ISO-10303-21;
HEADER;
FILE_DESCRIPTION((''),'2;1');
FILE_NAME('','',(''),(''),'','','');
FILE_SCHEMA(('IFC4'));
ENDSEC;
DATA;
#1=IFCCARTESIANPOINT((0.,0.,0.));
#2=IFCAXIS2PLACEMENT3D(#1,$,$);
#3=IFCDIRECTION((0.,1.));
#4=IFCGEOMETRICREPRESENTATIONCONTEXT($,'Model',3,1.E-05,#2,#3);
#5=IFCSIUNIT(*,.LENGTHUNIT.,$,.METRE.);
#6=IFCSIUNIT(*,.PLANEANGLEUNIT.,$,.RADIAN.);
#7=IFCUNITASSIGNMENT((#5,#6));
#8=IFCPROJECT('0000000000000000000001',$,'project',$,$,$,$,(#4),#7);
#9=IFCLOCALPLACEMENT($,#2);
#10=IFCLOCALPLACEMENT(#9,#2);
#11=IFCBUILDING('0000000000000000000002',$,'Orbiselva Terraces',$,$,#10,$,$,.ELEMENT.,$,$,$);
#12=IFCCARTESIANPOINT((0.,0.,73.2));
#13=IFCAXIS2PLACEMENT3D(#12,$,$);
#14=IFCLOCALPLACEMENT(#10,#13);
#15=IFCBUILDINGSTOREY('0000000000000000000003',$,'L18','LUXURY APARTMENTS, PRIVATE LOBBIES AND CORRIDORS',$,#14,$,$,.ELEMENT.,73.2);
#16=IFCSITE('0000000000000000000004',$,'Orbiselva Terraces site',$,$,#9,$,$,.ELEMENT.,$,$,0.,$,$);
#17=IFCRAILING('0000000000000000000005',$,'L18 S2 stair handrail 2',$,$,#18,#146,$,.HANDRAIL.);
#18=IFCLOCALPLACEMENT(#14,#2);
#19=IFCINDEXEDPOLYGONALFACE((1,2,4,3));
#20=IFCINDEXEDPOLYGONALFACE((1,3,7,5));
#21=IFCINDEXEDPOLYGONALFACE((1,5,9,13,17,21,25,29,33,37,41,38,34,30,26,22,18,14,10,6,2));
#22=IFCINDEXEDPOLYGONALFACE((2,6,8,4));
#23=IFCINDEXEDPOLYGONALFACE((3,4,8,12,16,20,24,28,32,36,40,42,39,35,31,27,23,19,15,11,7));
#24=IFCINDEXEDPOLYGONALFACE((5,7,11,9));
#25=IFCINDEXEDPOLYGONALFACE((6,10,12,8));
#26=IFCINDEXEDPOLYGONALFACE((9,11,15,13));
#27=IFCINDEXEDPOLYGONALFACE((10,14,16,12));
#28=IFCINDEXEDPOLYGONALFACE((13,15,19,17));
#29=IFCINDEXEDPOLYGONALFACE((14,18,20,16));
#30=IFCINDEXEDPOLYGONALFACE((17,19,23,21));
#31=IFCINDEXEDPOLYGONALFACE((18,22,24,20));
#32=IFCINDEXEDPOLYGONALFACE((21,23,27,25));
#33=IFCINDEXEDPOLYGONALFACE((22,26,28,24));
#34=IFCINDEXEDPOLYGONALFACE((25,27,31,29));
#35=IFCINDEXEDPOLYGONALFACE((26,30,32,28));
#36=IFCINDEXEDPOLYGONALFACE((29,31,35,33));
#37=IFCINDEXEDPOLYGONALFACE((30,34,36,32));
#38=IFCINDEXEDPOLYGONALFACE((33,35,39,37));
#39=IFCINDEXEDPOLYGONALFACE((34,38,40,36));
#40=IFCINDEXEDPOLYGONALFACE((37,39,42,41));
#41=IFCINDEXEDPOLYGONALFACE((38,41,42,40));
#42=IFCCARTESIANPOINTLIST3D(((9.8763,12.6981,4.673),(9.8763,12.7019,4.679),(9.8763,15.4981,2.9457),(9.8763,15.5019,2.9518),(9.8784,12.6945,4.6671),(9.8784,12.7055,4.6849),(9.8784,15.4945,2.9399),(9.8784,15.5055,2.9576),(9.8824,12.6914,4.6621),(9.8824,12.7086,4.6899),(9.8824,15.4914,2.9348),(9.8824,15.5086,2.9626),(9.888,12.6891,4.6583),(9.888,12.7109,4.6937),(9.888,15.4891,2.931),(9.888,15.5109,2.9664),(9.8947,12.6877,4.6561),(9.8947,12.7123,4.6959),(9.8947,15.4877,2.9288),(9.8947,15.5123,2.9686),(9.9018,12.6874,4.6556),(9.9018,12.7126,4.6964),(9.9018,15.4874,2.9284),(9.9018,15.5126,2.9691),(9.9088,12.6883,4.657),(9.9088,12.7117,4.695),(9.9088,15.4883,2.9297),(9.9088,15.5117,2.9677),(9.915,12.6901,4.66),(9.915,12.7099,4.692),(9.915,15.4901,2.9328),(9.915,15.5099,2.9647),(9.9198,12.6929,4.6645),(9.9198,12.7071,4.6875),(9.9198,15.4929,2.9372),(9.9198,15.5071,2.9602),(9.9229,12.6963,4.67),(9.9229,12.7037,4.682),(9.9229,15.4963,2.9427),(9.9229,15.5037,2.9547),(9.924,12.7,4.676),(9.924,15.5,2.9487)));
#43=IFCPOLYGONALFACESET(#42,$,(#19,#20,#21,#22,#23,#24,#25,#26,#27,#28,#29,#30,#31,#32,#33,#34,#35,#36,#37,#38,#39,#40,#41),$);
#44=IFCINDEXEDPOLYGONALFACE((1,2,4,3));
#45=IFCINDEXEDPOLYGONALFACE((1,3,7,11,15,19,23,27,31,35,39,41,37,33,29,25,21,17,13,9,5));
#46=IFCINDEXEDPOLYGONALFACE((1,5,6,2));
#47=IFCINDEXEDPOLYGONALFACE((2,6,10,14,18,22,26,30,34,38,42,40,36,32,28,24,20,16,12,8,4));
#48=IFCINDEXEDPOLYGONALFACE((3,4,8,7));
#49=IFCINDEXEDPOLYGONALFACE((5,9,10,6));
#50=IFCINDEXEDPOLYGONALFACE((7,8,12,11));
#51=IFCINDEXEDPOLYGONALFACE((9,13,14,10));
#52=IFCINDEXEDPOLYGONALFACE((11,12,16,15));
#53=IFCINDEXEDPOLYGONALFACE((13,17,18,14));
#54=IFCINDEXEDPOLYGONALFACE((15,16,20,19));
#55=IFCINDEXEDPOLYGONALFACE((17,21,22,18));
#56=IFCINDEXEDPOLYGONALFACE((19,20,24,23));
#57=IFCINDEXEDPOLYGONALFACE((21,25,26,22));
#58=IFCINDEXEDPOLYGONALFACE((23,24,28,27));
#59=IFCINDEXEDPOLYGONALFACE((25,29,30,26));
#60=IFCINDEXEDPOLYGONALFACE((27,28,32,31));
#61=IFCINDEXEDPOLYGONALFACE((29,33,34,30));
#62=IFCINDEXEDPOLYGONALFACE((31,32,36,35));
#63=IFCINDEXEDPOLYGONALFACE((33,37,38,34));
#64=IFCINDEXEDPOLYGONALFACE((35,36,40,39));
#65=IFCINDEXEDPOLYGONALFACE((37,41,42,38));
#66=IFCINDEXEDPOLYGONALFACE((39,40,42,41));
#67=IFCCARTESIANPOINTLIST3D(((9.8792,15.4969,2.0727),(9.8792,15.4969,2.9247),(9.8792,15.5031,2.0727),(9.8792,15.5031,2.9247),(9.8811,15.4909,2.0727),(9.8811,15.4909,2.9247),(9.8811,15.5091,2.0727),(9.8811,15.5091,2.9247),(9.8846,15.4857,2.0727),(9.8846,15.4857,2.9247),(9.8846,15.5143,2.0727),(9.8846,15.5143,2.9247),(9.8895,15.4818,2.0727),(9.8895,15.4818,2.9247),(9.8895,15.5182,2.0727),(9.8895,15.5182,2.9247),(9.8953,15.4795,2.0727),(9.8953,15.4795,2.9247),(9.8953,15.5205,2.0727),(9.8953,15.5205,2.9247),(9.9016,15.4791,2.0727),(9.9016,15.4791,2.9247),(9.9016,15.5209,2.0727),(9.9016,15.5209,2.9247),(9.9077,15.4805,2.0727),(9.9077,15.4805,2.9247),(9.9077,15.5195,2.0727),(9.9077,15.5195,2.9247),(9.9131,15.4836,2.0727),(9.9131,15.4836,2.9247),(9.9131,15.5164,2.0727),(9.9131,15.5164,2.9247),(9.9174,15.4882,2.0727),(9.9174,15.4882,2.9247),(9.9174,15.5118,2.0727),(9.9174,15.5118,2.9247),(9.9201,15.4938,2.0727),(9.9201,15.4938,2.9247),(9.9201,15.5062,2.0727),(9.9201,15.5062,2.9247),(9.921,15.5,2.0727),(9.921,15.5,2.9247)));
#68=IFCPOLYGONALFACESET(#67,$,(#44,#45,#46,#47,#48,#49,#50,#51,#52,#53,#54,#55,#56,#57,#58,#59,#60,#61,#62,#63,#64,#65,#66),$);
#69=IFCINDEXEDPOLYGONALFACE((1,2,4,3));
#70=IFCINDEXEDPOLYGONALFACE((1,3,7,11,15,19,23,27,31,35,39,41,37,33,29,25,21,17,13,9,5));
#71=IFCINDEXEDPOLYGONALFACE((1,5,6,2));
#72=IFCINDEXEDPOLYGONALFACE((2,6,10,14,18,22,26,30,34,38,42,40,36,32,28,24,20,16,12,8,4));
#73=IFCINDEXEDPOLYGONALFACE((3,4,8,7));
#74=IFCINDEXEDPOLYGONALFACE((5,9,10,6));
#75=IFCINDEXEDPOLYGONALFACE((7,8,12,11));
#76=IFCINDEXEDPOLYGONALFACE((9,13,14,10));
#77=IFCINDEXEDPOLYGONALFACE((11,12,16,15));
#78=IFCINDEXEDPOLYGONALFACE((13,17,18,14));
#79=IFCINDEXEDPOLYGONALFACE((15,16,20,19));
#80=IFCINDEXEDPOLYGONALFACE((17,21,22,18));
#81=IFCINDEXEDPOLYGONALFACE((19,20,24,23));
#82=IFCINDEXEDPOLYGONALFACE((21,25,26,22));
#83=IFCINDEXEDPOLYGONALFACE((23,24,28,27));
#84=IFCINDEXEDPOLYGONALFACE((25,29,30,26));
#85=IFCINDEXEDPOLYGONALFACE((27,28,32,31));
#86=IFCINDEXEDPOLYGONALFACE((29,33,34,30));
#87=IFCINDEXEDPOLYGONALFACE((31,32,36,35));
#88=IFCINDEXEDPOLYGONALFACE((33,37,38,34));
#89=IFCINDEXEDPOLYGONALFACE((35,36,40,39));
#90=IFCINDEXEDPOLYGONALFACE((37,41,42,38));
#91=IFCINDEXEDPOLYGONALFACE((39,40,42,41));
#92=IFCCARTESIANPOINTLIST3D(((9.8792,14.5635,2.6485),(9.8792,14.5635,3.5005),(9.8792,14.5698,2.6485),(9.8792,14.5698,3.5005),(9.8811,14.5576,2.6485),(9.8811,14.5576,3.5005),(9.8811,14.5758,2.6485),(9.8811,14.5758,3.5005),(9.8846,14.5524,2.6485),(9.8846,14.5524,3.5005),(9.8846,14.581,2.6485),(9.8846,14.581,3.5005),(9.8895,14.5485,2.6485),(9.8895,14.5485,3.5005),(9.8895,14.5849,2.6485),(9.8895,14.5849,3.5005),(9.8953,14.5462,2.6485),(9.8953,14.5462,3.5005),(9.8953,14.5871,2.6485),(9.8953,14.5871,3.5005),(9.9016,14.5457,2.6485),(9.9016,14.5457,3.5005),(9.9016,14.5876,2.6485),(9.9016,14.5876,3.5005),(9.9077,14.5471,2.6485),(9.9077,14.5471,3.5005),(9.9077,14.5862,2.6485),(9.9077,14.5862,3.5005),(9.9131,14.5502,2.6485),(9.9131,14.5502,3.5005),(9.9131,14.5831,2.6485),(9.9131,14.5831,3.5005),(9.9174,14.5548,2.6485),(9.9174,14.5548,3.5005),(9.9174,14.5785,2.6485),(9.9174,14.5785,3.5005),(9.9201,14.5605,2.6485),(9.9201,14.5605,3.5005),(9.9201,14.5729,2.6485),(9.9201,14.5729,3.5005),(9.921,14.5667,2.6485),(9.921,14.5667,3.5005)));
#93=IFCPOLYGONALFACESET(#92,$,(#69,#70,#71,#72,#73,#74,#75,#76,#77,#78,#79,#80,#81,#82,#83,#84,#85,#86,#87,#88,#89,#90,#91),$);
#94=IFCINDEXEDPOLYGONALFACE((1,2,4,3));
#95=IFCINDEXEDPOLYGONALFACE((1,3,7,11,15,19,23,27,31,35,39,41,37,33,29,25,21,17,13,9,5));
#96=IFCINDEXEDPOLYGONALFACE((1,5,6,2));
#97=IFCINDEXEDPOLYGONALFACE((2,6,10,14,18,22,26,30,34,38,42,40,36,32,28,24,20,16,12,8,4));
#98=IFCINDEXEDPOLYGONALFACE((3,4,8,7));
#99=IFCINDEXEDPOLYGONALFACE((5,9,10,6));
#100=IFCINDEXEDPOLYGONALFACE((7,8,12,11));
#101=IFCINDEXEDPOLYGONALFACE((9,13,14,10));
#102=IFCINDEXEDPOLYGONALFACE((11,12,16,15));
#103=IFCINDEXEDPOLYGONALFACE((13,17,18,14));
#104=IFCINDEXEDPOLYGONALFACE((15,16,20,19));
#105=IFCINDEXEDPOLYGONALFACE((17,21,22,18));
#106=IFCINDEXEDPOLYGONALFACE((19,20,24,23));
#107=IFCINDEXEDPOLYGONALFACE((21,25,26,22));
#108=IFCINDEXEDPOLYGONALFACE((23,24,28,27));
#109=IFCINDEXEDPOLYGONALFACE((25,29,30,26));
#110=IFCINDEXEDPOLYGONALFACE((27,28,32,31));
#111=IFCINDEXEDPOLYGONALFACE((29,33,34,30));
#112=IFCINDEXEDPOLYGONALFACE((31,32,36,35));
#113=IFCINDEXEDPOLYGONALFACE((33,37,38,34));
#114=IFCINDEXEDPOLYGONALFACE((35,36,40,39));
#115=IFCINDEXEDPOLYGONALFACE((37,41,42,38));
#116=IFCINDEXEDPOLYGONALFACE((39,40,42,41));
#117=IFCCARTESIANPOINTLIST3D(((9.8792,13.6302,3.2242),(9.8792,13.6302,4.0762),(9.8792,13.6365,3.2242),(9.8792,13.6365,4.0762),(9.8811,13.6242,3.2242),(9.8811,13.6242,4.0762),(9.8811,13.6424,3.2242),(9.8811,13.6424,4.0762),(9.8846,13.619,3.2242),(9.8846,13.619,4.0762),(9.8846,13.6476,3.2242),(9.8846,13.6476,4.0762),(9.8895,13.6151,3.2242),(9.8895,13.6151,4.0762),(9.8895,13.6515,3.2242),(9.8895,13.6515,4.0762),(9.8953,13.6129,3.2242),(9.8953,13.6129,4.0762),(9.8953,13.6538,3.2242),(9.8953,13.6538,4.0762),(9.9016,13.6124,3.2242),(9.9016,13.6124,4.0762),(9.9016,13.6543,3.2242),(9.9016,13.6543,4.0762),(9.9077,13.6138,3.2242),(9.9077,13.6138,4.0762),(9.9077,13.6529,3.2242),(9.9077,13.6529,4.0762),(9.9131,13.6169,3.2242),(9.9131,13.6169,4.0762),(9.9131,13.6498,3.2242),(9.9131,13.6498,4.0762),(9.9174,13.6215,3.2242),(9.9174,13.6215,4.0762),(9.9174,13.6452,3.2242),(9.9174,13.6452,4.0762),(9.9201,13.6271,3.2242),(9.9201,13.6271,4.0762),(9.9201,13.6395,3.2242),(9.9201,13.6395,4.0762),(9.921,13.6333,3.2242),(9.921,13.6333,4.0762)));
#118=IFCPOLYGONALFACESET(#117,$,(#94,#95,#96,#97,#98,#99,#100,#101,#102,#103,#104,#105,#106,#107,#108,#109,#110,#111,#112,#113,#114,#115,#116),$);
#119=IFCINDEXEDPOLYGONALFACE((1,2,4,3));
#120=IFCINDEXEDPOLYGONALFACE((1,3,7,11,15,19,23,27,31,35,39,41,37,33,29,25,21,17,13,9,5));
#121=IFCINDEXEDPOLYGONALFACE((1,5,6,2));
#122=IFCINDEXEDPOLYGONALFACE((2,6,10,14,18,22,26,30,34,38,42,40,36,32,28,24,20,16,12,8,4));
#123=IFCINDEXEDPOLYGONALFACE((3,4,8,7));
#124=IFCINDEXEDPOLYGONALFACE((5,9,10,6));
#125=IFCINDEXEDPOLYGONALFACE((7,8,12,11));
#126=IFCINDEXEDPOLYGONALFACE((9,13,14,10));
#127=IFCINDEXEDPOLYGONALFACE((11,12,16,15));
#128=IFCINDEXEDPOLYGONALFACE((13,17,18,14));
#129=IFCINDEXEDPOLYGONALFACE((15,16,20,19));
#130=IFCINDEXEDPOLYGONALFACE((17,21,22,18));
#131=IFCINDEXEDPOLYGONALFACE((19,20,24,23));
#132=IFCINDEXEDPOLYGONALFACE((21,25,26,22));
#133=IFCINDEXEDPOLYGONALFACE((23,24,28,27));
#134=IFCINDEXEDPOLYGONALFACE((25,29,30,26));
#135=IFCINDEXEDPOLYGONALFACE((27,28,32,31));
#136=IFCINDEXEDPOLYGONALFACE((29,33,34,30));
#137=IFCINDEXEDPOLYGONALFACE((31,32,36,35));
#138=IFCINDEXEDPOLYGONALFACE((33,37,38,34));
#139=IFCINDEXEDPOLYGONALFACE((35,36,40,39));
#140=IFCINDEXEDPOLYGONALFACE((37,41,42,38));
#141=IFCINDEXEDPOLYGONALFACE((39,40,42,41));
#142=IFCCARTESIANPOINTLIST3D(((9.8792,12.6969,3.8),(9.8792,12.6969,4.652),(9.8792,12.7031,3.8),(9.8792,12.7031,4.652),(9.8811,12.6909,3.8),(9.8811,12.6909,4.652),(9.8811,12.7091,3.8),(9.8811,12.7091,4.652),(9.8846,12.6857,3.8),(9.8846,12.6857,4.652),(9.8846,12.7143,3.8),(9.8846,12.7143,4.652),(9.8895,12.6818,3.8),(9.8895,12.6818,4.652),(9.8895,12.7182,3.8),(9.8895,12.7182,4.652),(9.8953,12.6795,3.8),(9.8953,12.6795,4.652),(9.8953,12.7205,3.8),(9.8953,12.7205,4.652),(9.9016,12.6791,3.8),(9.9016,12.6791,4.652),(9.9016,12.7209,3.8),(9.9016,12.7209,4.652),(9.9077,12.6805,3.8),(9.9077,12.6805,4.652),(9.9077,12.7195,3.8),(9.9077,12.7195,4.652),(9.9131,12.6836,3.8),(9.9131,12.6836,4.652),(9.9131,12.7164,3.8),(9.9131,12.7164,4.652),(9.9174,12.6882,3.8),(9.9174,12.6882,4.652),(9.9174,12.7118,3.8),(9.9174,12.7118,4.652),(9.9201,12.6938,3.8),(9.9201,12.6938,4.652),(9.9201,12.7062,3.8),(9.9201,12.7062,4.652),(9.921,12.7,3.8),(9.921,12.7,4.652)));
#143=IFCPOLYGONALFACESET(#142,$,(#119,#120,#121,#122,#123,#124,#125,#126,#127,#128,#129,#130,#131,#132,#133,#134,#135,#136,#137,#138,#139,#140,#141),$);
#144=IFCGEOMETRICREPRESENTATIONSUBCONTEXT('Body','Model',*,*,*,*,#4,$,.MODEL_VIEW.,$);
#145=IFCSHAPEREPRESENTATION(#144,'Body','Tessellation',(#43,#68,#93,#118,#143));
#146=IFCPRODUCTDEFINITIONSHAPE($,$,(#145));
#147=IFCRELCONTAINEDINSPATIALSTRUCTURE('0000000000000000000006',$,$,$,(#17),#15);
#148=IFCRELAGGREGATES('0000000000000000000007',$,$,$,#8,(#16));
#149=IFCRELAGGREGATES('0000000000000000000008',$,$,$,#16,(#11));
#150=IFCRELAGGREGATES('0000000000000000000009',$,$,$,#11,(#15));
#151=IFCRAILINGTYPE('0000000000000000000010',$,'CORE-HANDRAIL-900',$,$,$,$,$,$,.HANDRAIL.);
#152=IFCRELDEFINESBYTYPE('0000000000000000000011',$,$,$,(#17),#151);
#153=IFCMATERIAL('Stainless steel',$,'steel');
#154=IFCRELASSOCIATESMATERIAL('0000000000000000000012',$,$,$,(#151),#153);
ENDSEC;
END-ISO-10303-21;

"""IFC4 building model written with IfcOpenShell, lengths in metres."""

from ifc_helpers import new_model, si_unit, direction, frame, origin, origin_2d, place, context, subcontext, project, spatial, circle, extrude, material, type_object, element, save


model = new_model("IFC4")

# Units and contexts
model_context = context("Model", 3, precision=1e-05, world=origin(), true_north=direction((0.0, 1.0)))
body_context = subcontext(model_context, "Body", "Model", "MODEL_VIEW")
ifc_project = project(units=[si_unit("LENGTHUNIT", "METRE"), si_unit("PLANEANGLEUNIT", "RADIAN")], contexts=[model_context])

# Site, building, storey
site_placement = place(None, origin())
site = spatial("IfcSite", under=ifc_project, at=site_placement, Name="Orbiselva Terraces site", CompositionType="ELEMENT", RefElevation=0.0)
building_placement = place(site_placement, origin())
building = spatial("IfcBuilding", under=site, at=building_placement, Name="Orbiselva Terraces", CompositionType="ELEMENT")
storey_placement = place(building_placement, frame((0.0, 0.0, 73.2)))
storey = spatial("IfcBuildingStorey", under=building, at=storey_placement, Name="L18", Description="LUXURY APARTMENTS, PRIVATE LOBBIES AND CORRIDORS", CompositionType="ELEMENT", Elevation=73.2)

# Railing
ifc_material_1 = material(Name="Stainless steel", Category="steel")
railing_type_1 = type_object("IfcRailingType", Name="CORE-HANDRAIL-900", PredefinedType="HANDRAIL", material=ifc_material_1)
railing_1_placement = place(storey_placement, frame((9.9, 15.5, 2.0727)))
element("IfcRailing", 1, at=railing_1_placement, inside=storey, type_object=railing_type_1, Name="L18 S2 stair handrail 2", PredefinedType="HANDRAIL", context=body_context, shape_type="SweptSolid", body=[
    extrude(circle(Radius=0.024, at=origin_2d()), frame((0.0, 0.0, 0.876), z_axis=(0.0, -0.851089, 0.525022), x_axis=(1.0, 0.0, 0.0)), (0.0, 0.0, 1.0), 3.2899),
    extrude(circle(Radius=0.021, at=origin_2d()), origin(), (0.0, 0.0, 1.0), 0.852),
    extrude(circle(Radius=0.021, at=origin_2d()), frame((0.0, -0.9333, 0.5758)), (0.0, 0.0, 1.0), 0.852),
    extrude(circle(Radius=0.021, at=origin_2d()), frame((0.0, -1.8667, 1.1515)), (0.0, 0.0, 1.0), 0.852),
    extrude(circle(Radius=0.021, at=origin_2d()), frame((0.0, -2.8, 1.7273)), (0.0, 0.0, 1.0), 0.852),
])

save(model, "model.ifc")
